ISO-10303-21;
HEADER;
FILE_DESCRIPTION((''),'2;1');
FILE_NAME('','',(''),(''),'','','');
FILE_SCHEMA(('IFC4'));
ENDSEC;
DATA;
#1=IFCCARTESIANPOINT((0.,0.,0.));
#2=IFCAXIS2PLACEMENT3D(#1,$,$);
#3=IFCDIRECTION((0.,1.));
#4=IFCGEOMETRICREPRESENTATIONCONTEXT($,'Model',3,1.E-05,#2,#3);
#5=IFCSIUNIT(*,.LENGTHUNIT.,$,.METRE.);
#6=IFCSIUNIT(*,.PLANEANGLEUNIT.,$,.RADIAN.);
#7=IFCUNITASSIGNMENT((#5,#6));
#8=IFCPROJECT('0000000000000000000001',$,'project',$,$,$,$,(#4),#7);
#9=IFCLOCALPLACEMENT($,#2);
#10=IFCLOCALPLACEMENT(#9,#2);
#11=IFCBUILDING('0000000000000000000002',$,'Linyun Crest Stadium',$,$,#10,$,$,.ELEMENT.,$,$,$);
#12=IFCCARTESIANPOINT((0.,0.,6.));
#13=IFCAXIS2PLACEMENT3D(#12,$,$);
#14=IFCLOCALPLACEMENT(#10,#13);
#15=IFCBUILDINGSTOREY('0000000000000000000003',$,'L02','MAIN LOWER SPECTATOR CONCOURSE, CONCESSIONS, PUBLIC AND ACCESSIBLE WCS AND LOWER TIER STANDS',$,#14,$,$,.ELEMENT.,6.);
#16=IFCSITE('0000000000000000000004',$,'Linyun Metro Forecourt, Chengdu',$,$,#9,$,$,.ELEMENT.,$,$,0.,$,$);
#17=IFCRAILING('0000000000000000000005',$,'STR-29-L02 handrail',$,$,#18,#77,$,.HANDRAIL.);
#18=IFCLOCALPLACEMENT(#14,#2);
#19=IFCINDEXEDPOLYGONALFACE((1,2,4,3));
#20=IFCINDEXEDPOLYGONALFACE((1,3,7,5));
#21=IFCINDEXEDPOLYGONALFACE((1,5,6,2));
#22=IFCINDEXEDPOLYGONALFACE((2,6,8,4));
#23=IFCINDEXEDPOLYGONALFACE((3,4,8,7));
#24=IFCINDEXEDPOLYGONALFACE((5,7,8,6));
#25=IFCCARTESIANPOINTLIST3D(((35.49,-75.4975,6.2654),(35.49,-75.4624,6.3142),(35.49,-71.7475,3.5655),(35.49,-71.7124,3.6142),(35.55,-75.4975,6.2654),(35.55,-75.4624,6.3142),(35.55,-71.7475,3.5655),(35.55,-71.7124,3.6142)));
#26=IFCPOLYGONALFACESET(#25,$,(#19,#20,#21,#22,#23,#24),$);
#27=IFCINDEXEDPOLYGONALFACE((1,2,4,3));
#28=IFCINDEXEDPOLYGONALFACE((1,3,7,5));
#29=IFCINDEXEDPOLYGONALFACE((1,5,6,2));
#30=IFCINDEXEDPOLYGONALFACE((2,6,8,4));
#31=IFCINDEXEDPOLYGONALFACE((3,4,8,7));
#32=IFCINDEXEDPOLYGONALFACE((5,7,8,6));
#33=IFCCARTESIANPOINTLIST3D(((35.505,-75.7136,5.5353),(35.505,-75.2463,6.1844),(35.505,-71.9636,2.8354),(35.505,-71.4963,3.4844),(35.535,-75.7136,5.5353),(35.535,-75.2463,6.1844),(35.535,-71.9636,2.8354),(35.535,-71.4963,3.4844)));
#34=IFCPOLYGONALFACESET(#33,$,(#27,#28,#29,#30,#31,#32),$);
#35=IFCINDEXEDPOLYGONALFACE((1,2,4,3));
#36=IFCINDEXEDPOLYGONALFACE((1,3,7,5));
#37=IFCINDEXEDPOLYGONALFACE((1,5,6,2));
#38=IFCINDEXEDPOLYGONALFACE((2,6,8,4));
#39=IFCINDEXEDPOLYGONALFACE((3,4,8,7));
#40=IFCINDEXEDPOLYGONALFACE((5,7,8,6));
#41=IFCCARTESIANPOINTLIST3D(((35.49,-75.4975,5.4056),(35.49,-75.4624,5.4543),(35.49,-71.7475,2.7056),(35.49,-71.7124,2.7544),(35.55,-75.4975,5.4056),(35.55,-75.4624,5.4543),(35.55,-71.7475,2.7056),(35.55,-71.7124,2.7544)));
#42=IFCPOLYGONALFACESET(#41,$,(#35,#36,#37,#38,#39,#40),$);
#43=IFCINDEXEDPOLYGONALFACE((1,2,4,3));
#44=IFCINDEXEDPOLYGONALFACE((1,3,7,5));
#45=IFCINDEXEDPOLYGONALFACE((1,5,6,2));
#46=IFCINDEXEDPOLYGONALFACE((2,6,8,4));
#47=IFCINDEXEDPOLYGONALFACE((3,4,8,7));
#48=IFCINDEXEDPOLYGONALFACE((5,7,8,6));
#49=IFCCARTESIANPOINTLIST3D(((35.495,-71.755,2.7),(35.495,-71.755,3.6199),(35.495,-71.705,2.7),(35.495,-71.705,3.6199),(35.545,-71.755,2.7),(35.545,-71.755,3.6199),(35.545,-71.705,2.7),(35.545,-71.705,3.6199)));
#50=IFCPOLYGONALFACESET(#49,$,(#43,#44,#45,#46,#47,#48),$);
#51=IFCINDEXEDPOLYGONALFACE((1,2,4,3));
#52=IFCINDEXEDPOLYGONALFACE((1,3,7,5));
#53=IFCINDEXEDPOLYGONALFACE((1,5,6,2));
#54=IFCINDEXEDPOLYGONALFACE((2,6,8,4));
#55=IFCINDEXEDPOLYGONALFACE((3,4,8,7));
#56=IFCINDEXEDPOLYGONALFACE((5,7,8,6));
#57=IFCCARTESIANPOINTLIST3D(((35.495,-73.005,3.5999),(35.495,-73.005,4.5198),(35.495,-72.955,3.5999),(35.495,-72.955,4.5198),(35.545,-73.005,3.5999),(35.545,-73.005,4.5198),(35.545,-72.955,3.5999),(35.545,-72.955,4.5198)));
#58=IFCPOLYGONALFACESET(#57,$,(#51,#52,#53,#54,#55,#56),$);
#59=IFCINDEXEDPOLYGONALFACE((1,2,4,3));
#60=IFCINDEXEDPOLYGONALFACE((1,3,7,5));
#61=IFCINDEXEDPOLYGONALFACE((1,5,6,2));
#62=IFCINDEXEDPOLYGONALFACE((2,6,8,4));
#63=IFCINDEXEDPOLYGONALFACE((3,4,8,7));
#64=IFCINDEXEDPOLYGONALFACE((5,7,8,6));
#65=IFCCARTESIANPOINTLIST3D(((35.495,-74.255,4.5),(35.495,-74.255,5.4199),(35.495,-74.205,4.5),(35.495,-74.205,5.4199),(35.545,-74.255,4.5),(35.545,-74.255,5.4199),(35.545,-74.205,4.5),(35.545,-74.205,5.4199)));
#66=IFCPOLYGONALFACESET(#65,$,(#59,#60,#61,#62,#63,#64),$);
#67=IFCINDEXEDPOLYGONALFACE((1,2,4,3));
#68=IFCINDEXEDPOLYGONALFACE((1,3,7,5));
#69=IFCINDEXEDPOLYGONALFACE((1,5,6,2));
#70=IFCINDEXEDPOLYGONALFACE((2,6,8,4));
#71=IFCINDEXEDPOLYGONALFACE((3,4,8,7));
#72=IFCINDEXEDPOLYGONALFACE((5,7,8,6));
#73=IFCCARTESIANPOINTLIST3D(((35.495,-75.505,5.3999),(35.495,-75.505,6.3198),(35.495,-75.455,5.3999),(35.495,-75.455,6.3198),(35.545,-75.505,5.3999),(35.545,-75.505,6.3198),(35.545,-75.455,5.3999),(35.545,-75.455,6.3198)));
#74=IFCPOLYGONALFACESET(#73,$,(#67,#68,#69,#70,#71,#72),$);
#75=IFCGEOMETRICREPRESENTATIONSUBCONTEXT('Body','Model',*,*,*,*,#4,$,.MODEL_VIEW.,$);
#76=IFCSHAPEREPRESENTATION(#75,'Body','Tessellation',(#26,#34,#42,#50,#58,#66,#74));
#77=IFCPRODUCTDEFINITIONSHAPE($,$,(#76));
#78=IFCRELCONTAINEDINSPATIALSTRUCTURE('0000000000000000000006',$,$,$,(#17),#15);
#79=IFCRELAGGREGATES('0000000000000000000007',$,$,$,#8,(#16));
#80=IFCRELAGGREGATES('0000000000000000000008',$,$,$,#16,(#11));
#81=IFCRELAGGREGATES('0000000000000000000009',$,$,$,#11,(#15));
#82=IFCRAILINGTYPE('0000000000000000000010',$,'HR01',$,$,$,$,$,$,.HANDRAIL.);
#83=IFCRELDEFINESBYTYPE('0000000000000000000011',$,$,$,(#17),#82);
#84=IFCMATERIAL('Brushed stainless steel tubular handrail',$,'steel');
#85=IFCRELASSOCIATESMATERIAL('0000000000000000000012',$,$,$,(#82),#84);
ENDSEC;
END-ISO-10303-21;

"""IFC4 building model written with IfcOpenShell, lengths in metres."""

from ifc_helpers import new_model, si_unit, direction, frame, origin, origin_2d, place, context, subcontext, project, spatial, rectangle, extrude, material, type_object, element, save


model = new_model("IFC4")

# Units and contexts
model_context = context("Model", 3, precision=1e-05, world=origin(), true_north=direction((0.0, 1.0)))
body_context = subcontext(model_context, "Body", "Model", "MODEL_VIEW")
ifc_project = project(units=[si_unit("LENGTHUNIT", "METRE"), si_unit("PLANEANGLEUNIT", "RADIAN")], contexts=[model_context])

# Site, building, storey
site_placement = place(None, origin())
site = spatial("IfcSite", under=ifc_project, at=site_placement, Name="Linyun Metro Forecourt, Chengdu", CompositionType="ELEMENT", RefElevation=0.0)
building_placement = place(site_placement, origin())
building = spatial("IfcBuilding", under=site, at=building_placement, Name="Linyun Crest Stadium", CompositionType="ELEMENT")
storey_placement = place(building_placement, frame((0.0, 0.0, 6.0)))
storey = spatial("IfcBuildingStorey", under=building, at=storey_placement, Name="L02", Description="MAIN LOWER SPECTATOR CONCOURSE, CONCESSIONS, PUBLIC AND ACCESSIBLE WCS AND LOWER TIER STANDS", CompositionType="ELEMENT", Elevation=6.0)

# Railing
ifc_material_1 = material(Name="Brushed stainless steel tubular handrail", Category="steel")
railing_type_1 = type_object("IfcRailingType", Name="HR01", PredefinedType="HANDRAIL", material=ifc_material_1)
railing_1_placement = place(storey_placement, frame((35.52, -71.73, 2.7)))
element("IfcRailing", 1, at=railing_1_placement, inside=storey, type_object=railing_type_1, Name="STR-29-L02 handrail", PredefinedType="HANDRAIL", context=body_context, shape_type="SweptSolid", body=[
    extrude(rectangle(XDim=0.0601, YDim=0.0601, at=origin_2d()), frame((0.0, 0.0, 0.8899), z_axis=(0.0, -0.811539, 0.584298), x_axis=(1.0, 0.0, 0.0)), (0.0, 0.0, 1.0), 4.6208),
    extrude(rectangle(XDim=0.03, YDim=0.7998, at=origin_2d()), frame((0.0, 0.0, 0.46), z_axis=(0.0, -0.811539, 0.584298), x_axis=(1.0, 0.0, 0.0)), (0.0, 0.0, 1.0), 4.6208),
    extrude(rectangle(XDim=0.0601, YDim=0.0601, at=origin_2d()), frame((0.0, 0.0, 0.03), z_axis=(0.0, -0.811539, 0.584298), x_axis=(1.0, 0.0, 0.0)), (0.0, 0.0, 1.0), 4.6208),
    extrude(rectangle(XDim=0.05, YDim=0.05, at=origin_2d()), origin(), (0.0, 0.0, 1.0), 0.9199),
    extrude(rectangle(XDim=0.05, YDim=0.05, at=origin_2d()), frame((0.0, -1.25, 0.8999)), (0.0, 0.0, 1.0), 0.9199),
    extrude(rectangle(XDim=0.05, YDim=0.05, at=origin_2d()), frame((0.0, -2.5, 1.8)), (0.0, 0.0, 1.0), 0.9199),
    extrude(rectangle(XDim=0.05, YDim=0.05, at=origin_2d()), frame((0.0, -3.75, 2.7)), (0.0, 0.0, 1.0), 0.9199),
])

save(model, "model.ifc")
